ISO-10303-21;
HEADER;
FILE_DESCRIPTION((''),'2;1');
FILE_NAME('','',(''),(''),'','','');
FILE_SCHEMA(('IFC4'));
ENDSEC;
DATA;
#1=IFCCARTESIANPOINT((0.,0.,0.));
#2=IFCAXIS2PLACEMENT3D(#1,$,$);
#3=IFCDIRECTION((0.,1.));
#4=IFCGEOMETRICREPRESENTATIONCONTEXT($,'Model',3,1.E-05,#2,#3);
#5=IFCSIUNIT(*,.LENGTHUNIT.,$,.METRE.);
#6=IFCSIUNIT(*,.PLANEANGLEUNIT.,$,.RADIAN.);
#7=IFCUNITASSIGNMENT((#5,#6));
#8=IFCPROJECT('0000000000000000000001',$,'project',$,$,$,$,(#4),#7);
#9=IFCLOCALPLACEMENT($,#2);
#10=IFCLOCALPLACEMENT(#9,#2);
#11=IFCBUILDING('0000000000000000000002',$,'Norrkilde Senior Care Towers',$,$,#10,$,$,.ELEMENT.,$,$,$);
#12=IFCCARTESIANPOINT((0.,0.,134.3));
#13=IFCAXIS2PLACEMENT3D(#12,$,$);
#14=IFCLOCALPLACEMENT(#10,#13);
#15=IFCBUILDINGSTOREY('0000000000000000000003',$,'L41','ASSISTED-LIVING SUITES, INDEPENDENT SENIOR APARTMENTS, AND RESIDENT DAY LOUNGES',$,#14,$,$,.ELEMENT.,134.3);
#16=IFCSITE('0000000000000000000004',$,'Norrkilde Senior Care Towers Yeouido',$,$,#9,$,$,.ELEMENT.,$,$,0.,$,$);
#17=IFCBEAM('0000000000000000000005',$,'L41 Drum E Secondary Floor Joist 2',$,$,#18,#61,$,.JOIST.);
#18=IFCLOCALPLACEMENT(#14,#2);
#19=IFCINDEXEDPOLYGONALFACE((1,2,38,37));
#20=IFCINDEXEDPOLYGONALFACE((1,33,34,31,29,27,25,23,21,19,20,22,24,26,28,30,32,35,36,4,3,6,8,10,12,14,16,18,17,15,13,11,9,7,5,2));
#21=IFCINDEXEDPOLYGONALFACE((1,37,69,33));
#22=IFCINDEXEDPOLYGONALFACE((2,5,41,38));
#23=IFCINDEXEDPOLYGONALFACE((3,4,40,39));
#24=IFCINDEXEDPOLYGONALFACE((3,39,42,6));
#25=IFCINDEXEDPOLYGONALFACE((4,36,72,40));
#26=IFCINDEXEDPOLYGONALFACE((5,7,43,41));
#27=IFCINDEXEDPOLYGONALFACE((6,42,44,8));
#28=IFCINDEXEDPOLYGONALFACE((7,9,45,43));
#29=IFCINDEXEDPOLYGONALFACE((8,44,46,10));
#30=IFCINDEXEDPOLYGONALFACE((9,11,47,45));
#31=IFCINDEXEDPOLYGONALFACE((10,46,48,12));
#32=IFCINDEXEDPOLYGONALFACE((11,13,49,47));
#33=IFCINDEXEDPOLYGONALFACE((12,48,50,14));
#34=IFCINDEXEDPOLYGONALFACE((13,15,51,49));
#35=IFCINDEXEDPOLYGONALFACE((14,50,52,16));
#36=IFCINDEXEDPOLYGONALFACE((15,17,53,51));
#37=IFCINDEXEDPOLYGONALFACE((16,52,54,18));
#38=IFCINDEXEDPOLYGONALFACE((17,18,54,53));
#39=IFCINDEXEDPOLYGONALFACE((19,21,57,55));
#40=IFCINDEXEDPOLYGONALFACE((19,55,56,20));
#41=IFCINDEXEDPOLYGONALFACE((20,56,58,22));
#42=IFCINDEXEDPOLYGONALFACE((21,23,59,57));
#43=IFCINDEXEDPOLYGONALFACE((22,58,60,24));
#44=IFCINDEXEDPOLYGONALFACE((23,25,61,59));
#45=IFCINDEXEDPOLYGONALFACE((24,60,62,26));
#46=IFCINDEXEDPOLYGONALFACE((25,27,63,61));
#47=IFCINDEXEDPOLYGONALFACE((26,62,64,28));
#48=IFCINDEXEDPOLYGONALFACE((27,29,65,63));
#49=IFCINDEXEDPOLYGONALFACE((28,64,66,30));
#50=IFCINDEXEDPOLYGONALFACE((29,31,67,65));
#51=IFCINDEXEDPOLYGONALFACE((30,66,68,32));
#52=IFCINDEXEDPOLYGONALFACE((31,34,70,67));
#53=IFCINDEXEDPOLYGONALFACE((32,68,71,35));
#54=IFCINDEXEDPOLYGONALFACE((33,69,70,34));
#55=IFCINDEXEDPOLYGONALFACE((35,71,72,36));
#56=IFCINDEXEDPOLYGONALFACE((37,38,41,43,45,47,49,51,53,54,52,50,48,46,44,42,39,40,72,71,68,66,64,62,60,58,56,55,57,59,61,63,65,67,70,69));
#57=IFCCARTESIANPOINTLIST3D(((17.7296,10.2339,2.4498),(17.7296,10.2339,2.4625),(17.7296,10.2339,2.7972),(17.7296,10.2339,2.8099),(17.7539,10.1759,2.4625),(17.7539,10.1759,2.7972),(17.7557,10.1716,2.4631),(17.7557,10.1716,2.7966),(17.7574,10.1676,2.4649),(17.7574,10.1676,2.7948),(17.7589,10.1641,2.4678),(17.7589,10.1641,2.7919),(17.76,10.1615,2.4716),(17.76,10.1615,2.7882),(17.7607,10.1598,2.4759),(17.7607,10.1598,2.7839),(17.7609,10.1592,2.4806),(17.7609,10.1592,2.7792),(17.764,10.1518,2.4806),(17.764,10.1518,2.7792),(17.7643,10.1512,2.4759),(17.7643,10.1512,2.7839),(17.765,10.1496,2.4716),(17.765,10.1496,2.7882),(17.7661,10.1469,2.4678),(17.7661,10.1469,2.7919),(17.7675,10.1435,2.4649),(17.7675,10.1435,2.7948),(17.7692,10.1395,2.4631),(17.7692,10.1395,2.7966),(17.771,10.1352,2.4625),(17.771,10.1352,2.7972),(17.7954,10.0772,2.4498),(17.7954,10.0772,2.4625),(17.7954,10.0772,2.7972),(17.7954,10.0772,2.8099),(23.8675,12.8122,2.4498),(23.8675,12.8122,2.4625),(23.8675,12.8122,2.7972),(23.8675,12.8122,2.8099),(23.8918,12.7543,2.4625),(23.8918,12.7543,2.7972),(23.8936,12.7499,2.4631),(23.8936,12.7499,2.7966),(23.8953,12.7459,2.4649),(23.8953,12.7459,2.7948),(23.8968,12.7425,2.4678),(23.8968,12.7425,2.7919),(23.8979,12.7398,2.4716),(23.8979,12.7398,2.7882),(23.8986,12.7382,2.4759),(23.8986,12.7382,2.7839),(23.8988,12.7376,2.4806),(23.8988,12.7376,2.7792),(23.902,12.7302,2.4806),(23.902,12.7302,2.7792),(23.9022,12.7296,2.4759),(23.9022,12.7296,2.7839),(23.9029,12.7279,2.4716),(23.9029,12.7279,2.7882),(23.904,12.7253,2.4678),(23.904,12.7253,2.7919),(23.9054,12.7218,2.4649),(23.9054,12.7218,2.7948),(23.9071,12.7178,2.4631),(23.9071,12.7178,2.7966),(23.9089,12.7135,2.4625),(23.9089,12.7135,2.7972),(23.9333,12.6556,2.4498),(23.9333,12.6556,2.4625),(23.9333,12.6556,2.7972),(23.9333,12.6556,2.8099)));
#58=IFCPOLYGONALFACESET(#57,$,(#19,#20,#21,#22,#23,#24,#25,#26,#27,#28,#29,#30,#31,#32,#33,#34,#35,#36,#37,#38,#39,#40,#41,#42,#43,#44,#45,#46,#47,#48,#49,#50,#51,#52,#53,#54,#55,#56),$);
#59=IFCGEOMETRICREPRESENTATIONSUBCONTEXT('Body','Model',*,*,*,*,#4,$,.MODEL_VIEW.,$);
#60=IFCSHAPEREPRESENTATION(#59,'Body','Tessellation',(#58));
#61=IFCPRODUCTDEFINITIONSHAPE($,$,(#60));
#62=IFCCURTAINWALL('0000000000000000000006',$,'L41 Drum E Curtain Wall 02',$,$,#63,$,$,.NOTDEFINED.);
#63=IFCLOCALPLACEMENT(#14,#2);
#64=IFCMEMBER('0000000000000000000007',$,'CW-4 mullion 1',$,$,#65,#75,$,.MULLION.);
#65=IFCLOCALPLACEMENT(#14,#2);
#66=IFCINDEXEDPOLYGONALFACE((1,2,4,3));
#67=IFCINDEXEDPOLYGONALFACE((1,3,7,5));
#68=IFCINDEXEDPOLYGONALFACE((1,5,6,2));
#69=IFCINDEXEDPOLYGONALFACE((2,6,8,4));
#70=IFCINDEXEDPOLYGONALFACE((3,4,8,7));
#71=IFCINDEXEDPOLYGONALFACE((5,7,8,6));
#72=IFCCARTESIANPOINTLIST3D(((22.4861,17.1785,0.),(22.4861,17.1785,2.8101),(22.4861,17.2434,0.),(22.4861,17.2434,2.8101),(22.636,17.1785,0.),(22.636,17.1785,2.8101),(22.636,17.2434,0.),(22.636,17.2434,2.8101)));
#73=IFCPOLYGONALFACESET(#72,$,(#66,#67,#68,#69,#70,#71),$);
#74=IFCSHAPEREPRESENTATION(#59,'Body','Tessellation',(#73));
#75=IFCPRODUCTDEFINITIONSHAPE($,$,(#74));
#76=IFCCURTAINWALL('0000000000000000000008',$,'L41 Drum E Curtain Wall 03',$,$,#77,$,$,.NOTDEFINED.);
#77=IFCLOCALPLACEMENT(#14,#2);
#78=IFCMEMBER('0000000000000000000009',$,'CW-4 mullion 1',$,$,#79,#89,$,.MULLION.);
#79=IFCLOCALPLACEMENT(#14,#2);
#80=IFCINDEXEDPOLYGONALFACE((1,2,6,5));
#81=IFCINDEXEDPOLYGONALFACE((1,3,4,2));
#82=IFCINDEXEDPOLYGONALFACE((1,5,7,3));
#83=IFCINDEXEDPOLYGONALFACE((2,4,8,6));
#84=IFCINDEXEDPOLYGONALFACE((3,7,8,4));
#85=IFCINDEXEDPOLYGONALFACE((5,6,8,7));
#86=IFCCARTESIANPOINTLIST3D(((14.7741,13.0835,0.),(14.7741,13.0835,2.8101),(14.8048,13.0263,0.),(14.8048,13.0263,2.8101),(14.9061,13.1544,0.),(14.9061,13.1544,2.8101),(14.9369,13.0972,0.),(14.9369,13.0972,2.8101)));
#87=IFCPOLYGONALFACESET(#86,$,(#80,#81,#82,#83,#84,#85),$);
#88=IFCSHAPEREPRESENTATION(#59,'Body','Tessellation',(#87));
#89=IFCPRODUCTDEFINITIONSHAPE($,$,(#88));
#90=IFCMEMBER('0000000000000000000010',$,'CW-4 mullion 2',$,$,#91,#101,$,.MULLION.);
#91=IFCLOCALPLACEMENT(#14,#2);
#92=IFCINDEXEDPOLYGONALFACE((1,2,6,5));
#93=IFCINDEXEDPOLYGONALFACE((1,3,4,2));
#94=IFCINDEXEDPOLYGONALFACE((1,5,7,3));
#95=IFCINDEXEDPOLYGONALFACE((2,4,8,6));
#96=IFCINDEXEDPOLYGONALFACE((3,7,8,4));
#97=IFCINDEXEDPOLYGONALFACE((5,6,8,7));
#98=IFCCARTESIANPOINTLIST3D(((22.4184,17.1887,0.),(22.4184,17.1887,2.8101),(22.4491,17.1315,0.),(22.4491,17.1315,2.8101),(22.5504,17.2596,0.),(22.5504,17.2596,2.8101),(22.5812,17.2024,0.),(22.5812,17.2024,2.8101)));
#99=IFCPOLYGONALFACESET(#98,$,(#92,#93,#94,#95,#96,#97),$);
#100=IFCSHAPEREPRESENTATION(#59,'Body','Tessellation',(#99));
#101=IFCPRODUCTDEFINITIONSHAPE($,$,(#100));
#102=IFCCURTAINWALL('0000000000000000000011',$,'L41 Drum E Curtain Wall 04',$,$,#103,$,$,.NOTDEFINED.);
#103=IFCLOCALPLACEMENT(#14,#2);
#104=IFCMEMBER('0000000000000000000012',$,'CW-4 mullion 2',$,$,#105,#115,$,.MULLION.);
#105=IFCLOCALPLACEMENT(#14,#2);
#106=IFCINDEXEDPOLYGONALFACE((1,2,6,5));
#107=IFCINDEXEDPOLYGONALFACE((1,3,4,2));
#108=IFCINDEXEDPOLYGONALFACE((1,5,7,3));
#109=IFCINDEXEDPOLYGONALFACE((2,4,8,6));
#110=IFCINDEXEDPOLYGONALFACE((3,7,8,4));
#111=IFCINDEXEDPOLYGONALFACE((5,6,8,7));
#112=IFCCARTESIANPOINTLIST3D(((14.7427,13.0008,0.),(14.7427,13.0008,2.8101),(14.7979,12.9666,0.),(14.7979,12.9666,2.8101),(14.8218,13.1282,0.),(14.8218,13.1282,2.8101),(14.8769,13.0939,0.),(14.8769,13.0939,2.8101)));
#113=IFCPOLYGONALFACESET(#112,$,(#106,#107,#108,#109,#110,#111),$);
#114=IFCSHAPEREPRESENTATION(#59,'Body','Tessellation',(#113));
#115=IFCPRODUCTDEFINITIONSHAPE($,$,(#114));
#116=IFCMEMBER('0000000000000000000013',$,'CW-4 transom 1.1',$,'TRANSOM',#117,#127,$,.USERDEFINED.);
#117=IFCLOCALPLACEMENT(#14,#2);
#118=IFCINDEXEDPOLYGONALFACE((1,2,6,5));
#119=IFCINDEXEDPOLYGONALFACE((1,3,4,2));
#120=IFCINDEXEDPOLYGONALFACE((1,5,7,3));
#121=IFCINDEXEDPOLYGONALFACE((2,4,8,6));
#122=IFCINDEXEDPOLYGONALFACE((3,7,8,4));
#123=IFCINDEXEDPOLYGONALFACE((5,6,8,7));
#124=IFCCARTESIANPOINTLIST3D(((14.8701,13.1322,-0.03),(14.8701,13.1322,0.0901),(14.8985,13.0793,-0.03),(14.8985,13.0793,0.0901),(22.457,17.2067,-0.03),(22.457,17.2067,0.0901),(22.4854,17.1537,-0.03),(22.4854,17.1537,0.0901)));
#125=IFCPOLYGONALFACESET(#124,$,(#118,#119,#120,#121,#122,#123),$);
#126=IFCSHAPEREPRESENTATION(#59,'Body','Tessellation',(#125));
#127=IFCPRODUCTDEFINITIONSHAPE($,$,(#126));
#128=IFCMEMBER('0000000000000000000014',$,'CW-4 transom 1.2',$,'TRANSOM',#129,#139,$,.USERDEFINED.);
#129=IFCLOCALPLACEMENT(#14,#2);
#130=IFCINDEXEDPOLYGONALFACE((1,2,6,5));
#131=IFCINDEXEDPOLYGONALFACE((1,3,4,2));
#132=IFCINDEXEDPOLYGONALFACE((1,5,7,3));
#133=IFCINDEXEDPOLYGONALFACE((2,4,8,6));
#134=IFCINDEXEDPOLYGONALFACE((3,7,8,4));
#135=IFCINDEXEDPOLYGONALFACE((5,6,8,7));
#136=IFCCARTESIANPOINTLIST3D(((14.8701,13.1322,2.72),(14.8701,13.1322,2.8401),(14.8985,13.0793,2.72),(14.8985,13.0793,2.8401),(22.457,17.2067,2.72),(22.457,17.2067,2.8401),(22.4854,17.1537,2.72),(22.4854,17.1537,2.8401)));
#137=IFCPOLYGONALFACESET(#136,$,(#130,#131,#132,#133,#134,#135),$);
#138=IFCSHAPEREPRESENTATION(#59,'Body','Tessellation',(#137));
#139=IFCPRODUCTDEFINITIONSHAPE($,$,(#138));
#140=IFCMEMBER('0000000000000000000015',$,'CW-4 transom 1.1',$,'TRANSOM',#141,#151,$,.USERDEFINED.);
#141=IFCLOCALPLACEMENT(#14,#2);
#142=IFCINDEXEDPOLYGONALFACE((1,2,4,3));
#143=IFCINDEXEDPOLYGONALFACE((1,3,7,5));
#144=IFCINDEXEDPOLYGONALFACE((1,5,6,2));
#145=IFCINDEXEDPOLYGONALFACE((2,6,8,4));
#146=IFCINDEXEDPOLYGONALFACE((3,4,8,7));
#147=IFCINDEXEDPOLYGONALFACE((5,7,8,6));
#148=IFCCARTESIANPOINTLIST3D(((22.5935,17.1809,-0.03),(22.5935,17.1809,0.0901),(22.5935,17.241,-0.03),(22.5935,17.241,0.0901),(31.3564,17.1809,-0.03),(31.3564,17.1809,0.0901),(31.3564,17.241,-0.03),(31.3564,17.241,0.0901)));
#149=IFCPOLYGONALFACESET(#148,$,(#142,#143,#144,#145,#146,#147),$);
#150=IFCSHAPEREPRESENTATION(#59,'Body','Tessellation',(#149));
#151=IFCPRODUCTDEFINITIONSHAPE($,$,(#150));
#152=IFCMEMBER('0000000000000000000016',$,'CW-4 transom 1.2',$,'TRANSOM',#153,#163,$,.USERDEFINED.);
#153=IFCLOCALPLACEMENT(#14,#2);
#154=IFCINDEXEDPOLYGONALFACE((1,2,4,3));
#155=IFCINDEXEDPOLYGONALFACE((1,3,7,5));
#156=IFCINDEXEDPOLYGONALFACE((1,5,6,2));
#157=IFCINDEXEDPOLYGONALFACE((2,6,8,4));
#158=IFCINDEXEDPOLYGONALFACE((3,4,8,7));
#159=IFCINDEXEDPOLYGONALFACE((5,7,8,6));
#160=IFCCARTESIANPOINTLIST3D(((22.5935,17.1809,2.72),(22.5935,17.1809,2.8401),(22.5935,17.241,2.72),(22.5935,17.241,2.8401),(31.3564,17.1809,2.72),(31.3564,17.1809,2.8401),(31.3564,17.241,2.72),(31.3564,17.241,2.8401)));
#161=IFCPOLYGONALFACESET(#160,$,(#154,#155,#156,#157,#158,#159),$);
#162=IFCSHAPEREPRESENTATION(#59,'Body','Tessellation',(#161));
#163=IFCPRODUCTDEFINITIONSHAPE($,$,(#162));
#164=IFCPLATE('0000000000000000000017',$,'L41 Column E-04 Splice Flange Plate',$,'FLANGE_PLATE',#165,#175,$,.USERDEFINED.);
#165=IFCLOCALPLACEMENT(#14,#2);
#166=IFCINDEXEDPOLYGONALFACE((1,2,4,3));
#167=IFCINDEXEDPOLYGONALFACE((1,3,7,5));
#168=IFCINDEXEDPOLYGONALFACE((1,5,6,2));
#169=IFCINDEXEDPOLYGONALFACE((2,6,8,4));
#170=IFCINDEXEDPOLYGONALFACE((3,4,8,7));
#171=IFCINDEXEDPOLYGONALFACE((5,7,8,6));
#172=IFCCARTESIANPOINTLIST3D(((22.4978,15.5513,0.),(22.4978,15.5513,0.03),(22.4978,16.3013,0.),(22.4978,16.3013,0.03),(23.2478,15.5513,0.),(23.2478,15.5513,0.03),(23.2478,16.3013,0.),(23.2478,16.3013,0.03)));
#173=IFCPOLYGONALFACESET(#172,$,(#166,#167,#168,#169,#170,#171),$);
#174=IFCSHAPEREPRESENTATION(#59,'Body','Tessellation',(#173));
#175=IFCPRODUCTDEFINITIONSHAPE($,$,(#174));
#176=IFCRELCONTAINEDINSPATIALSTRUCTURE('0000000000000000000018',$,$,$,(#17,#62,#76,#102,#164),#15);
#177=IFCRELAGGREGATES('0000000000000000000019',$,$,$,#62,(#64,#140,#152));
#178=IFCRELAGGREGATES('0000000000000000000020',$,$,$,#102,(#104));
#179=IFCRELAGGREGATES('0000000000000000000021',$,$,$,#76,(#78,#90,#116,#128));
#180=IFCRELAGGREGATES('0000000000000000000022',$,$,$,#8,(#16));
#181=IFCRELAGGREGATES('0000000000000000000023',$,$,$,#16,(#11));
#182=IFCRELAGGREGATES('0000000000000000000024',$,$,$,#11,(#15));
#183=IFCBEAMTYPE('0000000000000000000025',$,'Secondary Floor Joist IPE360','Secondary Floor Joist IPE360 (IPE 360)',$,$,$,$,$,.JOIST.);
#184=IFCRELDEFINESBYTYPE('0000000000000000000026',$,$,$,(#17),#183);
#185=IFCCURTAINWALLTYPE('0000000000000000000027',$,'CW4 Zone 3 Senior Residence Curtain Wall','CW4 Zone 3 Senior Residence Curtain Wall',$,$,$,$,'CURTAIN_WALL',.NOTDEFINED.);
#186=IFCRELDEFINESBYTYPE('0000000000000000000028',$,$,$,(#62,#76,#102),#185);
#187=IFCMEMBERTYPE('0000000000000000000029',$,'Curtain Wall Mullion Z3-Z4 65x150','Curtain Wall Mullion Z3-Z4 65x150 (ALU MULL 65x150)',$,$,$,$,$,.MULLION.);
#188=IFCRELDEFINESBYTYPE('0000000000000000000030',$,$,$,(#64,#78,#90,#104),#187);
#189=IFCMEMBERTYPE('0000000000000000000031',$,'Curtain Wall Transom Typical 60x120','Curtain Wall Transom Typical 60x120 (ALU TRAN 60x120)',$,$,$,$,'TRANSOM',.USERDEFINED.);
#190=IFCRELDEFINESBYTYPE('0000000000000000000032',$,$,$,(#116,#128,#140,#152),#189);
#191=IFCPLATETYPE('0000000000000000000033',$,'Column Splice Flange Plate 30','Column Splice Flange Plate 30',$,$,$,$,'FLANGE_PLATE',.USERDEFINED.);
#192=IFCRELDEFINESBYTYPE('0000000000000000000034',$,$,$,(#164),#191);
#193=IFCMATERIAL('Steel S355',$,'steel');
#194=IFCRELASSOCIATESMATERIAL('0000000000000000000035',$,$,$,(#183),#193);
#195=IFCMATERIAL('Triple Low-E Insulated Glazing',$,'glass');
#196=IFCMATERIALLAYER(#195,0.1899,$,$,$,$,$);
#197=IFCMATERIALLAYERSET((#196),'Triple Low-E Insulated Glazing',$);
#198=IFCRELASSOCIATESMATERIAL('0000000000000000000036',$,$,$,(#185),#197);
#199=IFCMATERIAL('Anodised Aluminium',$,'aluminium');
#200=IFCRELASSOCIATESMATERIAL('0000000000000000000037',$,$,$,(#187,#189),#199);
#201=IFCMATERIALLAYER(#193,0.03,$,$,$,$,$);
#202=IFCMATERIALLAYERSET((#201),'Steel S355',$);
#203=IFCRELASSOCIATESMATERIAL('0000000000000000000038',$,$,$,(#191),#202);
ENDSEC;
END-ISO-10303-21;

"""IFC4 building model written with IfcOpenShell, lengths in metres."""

from ifc_helpers import new_model, si_unit, direction, frame, origin, origin_2d, place, context, subcontext, project, spatial, rectangle, i_section, extrude, source, transform, mapped, material, layer, layer_set, material_profile, profile_set, type_object, type_shapes, element, aggregate, save


model = new_model("IFC4")

# Units and contexts
model_context = context("Model", 3, precision=1e-05, world=origin(), true_north=direction((0.0, 1.0)))
body_context = subcontext(model_context, "Body", "Model", "MODEL_VIEW")
ifc_project = project(units=[si_unit("LENGTHUNIT", "METRE"), si_unit("PLANEANGLEUNIT", "RADIAN")], contexts=[model_context])

# Site, building, storey
site_placement = place(None, origin())
site = spatial("IfcSite", under=ifc_project, at=site_placement, Name="Norrkilde Senior Care Towers Yeouido", CompositionType="ELEMENT", RefElevation=0.0)
building_placement = place(site_placement, origin())
building = spatial("IfcBuilding", under=site, at=building_placement, Name="Norrkilde Senior Care Towers", CompositionType="ELEMENT")
storey_placement = place(building_placement, frame((0.0, 0.0, 134.3)))
storey = spatial("IfcBuildingStorey", under=building, at=storey_placement, Name="L41", Description="ASSISTED-LIVING SUITES, INDEPENDENT SENIOR APARTMENTS, AND RESIDENT DAY LOUNGES", CompositionType="ELEMENT", Elevation=134.3)

# Beam
ifc_material_1 = material(Name="Steel S355", Category="steel")
ifc_material_profile_1 = material_profile(ifc_material_1, i_section(OverallWidth=0.1699, OverallDepth=0.3601, WebThickness=0.0081, FlangeThickness=0.0127, FilletRadius=0.0181, at=origin_2d()), Name="IPE 360")
ifc_profile_set_1 = profile_set([ifc_material_profile_1], Name="Steel S355")
beam_type_1 = type_object("IfcBeamType", Name="Secondary Floor Joist IPE360", Description="Secondary Floor Joist IPE360 (IPE 360)", PredefinedType="JOIST", material=ifc_profile_set_1)
shared_shape_1 = source(origin(), body_context, "Body", "SweptSolid", [
    extrude(i_section(OverallWidth=0.1699, OverallDepth=0.3601, WebThickness=0.0081, FlangeThickness=0.0127, FilletRadius=0.0181, at=origin_2d()), origin(), (0.0, 0.0, 1.0), 6.6575),
])
type_shapes(beam_type_1, [shared_shape_1])
beam_1_placement = place(storey_placement, frame((23.9004, 12.7339, 2.6299), z_axis=(-0.921959, -0.387288, 0.0), x_axis=(0.387288, -0.921959, 0.0)))
element("IfcBeam", 1, at=beam_1_placement, inside=storey, type_object=beam_type_1, Name="L41 Drum E Secondary Floor Joist 2", PredefinedType="JOIST", context=body_context, shape_type="MappedRepresentation", body=[
    mapped(shared_shape_1, transform((0.0, 0.0, 0.0), x_axis=(1.0, 0.0, 0.0), y_axis=(0.0, 1.0, 0.0), z_axis=(0.0, 0.0, 1.0), scale=1.0)),
])

# Curtain wall, member
ifc_material_2 = material(Name="Triple Low-E Insulated Glazing", Category="glass")
ifc_layer_1 = layer(ifc_material_2, 0.1899)
ifc_layer_set_1 = layer_set([ifc_layer_1], Name="Triple Low-E Insulated Glazing")
curtain_wall_type = type_object("IfcCurtainWallType", Name="CW4 Zone 3 Senior Residence Curtain Wall", Description="CW4 Zone 3 Senior Residence Curtain Wall", ElementType="CURTAIN_WALL", PredefinedType="NOTDEFINED", material=ifc_layer_set_1)
curtain_wall_1_placement = place(storey_placement, origin())
curtain_wall_1 = element("IfcCurtainWall", 2, at=curtain_wall_1_placement, inside=storey, type_object=curtain_wall_type, Name="L41 Drum E Curtain Wall 02", PredefinedType="NOTDEFINED")
ifc_material_3 = material(Name="Anodised Aluminium", Category="aluminium")
ifc_material_profile_2 = material_profile(ifc_material_3, rectangle(XDim=0.0649, YDim=0.1499, at=origin_2d()), Name="ALU MULL 65x150")
ifc_profile_set_2 = profile_set([ifc_material_profile_2], Name="Anodised Aluminium")
member_type_1 = type_object("IfcMemberType", Name="Curtain Wall Mullion Z3-Z4 65x150", Description="Curtain Wall Mullion Z3-Z4 65x150 (ALU MULL 65x150)", PredefinedType="MULLION", material=ifc_profile_set_2)
shared_shape_2 = source(origin(), body_context, "Body", "SweptSolid", [
    extrude(rectangle(XDim=0.0649, YDim=0.1499, at=origin_2d()), origin(), (0.0, 0.0, 1.0), 2.8101),
])
type_shapes(member_type_1, [shared_shape_2])
member_1_placement = place(storey_placement, frame((22.561, 17.2109, 0.0), z_axis=(0.0, 0.0, 1.0), x_axis=(0.0, 1.0, 0.0)))
member_1 = element("IfcMember", 3, at=member_1_placement, type_object=member_type_1, Name="CW-4 mullion 1", PredefinedType="MULLION", context=body_context, shape_type="MappedRepresentation", body=[
    mapped(shared_shape_2, transform((0.0, 0.0, 0.0), x_axis=(1.0, 0.0, 0.0), y_axis=(0.0, 1.0, 0.0), z_axis=(0.0, 0.0, 1.0), scale=1.0)),
])

# Curtain wall, members
curtain_wall_2_placement = place(storey_placement, origin())
curtain_wall_2 = element("IfcCurtainWall", 4, at=curtain_wall_2_placement, inside=storey, type_object=curtain_wall_type, Name="L41 Drum E Curtain Wall 03", PredefinedType="NOTDEFINED")
member_2_placement = place(storey_placement, frame((14.8555, 13.0903, 0.0), z_axis=(0.0, 0.0, 1.0), x_axis=(-0.473117, 0.881, 0.0)))
member_2 = element("IfcMember", 5, at=member_2_placement, type_object=member_type_1, Name="CW-4 mullion 1", PredefinedType="MULLION", context=body_context, shape_type="MappedRepresentation", body=[
    mapped(shared_shape_2, transform((0.0, 0.0, 0.0), x_axis=(1.0, 0.0, 0.0), y_axis=(0.0, 1.0, 0.0), z_axis=(0.0, 0.0, 1.0), scale=1.0)),
])
member_3_placement = place(storey_placement, frame((22.4998, 17.1956, 0.0), z_axis=(0.0, 0.0, 1.0), x_axis=(-0.473117, 0.881, 0.0)))
member_3 = element("IfcMember", 6, at=member_3_placement, type_object=member_type_1, Name="CW-4 mullion 2", PredefinedType="MULLION", context=body_context, shape_type="MappedRepresentation", body=[
    mapped(shared_shape_2, transform((0.0, 0.0, 0.0), x_axis=(1.0, 0.0, 0.0), y_axis=(0.0, 1.0, 0.0), z_axis=(0.0, 0.0, 1.0), scale=1.0)),
])

# Curtain wall, member
curtain_wall_3_placement = place(storey_placement, origin())
curtain_wall_3 = element("IfcCurtainWall", 7, at=curtain_wall_3_placement, inside=storey, type_object=curtain_wall_type, Name="L41 Drum E Curtain Wall 04", PredefinedType="NOTDEFINED")
member_4_placement = place(storey_placement, frame((14.8098, 13.0474, 0.0), z_axis=(0.0, 0.0, 1.0), x_axis=(-0.849634, 0.527373, 0.0)))
member_4 = element("IfcMember", 8, at=member_4_placement, type_object=member_type_1, Name="CW-4 mullion 2", PredefinedType="MULLION", context=body_context, shape_type="MappedRepresentation", body=[
    mapped(shared_shape_2, transform((0.0, 0.0, 0.0), x_axis=(1.0, 0.0, 0.0), y_axis=(0.0, 1.0, 0.0), z_axis=(0.0, 0.0, 1.0), scale=1.0)),
])

# Members
ifc_material_profile_3 = material_profile(ifc_material_3, rectangle(XDim=0.0601, YDim=0.1201, at=origin_2d()), Name="ALU TRAN 60x120")
ifc_profile_set_3 = profile_set([ifc_material_profile_3], Name="Anodised Aluminium")
member_type_2 = type_object("IfcMemberType", Name="Curtain Wall Transom Typical 60x120", Description="Curtain Wall Transom Typical 60x120 (ALU TRAN 60x120)", ElementType="TRANSOM", PredefinedType="USERDEFINED", material=ifc_profile_set_3)
shared_shape_3 = source(origin(), body_context, "Body", "SweptSolid", [
    extrude(rectangle(XDim=0.0601, YDim=0.1201, at=origin_2d()), origin(), (0.0, 0.0, 1.0), 8.6118),
])
member_5_placement = place(storey_placement, frame((14.8843, 13.1057, 0.03), z_axis=(0.880994, 0.473127, 0.0), x_axis=(-0.473127, 0.880994, 0.0)))
member_5 = element("IfcMember", 9, at=member_5_placement, type_object=member_type_2, Name="CW-4 transom 1.1", ObjectType="TRANSOM", PredefinedType="USERDEFINED", context=body_context, shape_type="MappedRepresentation", body=[
    mapped(shared_shape_3, transform((0.0, 0.0, 0.0), x_axis=(1.0, 0.0, 0.0), y_axis=(0.0, 1.0, 0.0), z_axis=(0.0, 0.0, 1.0), scale=1.0)),
])
member_6_placement = place(storey_placement, frame((14.8843, 13.1057, 2.78), z_axis=(0.880994, 0.473127, 0.0), x_axis=(-0.473127, 0.880994, 0.0)))
member_6 = element("IfcMember", 10, at=member_6_placement, type_object=member_type_2, Name="CW-4 transom 1.2", ObjectType="TRANSOM", PredefinedType="USERDEFINED", context=body_context, shape_type="MappedRepresentation", body=[
    mapped(shared_shape_3, transform((0.0, 0.0, 0.0), x_axis=(1.0, 0.0, 0.0), y_axis=(0.0, 1.0, 0.0), z_axis=(0.0, 0.0, 1.0), scale=1.0)),
])
shared_shape_4 = source(origin(), body_context, "Body", "SweptSolid", [
    extrude(rectangle(XDim=0.0601, YDim=0.1201, at=origin_2d()), origin(), (0.0, 0.0, 1.0), 8.7629),
])
type_shapes(member_type_2, [shared_shape_3, shared_shape_4])
member_7_placement = place(storey_placement, frame((22.5935, 17.2109, 0.03), z_axis=(1.0, 0.0, 0.0), x_axis=(0.0, 1.0, 0.0)))
member_7 = element("IfcMember", 11, at=member_7_placement, type_object=member_type_2, Name="CW-4 transom 1.1", ObjectType="TRANSOM", PredefinedType="USERDEFINED", context=body_context, shape_type="MappedRepresentation", body=[
    mapped(shared_shape_4, transform((0.0, 0.0, 0.0), x_axis=(1.0, 0.0, 0.0), y_axis=(0.0, 1.0, 0.0), z_axis=(0.0, 0.0, 1.0), scale=1.0)),
])
member_8_placement = place(storey_placement, frame((22.5935, 17.2109, 2.78), z_axis=(1.0, 0.0, 0.0), x_axis=(0.0, 1.0, 0.0)))
member_8 = element("IfcMember", 12, at=member_8_placement, type_object=member_type_2, Name="CW-4 transom 1.2", ObjectType="TRANSOM", PredefinedType="USERDEFINED", context=body_context, shape_type="MappedRepresentation", body=[
    mapped(shared_shape_4, transform((0.0, 0.0, 0.0), x_axis=(1.0, 0.0, 0.0), y_axis=(0.0, 1.0, 0.0), z_axis=(0.0, 0.0, 1.0), scale=1.0)),
])
aggregate(curtain_wall_1, [member_1, member_7, member_8])

# Plate
ifc_layer_2 = layer(ifc_material_1, 0.03)
ifc_layer_set_2 = layer_set([ifc_layer_2], Name="Steel S355")
plate_type_1 = type_object("IfcPlateType", Name="Column Splice Flange Plate 30", Description="Column Splice Flange Plate 30", ElementType="FLANGE_PLATE", PredefinedType="USERDEFINED", material=ifc_layer_set_2)
shared_shape_5 = source(origin(), body_context, "Body", "SweptSolid", [
    extrude(rectangle(XDim=0.75, YDim=0.75, at=origin_2d()), origin(), (0.0, 0.0, 1.0), 0.03),
])
type_shapes(plate_type_1, [shared_shape_5])
plate_1_placement = place(storey_placement, frame((22.8728, 15.9263, 0.0), z_axis=(0.0, 0.0, 1.0), x_axis=(1.0, 0.0, 0.0)))
element("IfcPlate", 13, at=plate_1_placement, inside=storey, type_object=plate_type_1, Name="L41 Column E-04 Splice Flange Plate", ObjectType="FLANGE_PLATE", PredefinedType="USERDEFINED", context=body_context, shape_type="MappedRepresentation", body=[
    mapped(shared_shape_5, transform((0.0, 0.0, 0.0), x_axis=(1.0, 0.0, 0.0), y_axis=(0.0, 1.0, 0.0), z_axis=(0.0, 0.0, 1.0), scale=1.0)),
])
aggregate(curtain_wall_3, [member_4])
aggregate(curtain_wall_2, [member_2, member_3, member_5, member_6])

save(model, "model.ifc")
